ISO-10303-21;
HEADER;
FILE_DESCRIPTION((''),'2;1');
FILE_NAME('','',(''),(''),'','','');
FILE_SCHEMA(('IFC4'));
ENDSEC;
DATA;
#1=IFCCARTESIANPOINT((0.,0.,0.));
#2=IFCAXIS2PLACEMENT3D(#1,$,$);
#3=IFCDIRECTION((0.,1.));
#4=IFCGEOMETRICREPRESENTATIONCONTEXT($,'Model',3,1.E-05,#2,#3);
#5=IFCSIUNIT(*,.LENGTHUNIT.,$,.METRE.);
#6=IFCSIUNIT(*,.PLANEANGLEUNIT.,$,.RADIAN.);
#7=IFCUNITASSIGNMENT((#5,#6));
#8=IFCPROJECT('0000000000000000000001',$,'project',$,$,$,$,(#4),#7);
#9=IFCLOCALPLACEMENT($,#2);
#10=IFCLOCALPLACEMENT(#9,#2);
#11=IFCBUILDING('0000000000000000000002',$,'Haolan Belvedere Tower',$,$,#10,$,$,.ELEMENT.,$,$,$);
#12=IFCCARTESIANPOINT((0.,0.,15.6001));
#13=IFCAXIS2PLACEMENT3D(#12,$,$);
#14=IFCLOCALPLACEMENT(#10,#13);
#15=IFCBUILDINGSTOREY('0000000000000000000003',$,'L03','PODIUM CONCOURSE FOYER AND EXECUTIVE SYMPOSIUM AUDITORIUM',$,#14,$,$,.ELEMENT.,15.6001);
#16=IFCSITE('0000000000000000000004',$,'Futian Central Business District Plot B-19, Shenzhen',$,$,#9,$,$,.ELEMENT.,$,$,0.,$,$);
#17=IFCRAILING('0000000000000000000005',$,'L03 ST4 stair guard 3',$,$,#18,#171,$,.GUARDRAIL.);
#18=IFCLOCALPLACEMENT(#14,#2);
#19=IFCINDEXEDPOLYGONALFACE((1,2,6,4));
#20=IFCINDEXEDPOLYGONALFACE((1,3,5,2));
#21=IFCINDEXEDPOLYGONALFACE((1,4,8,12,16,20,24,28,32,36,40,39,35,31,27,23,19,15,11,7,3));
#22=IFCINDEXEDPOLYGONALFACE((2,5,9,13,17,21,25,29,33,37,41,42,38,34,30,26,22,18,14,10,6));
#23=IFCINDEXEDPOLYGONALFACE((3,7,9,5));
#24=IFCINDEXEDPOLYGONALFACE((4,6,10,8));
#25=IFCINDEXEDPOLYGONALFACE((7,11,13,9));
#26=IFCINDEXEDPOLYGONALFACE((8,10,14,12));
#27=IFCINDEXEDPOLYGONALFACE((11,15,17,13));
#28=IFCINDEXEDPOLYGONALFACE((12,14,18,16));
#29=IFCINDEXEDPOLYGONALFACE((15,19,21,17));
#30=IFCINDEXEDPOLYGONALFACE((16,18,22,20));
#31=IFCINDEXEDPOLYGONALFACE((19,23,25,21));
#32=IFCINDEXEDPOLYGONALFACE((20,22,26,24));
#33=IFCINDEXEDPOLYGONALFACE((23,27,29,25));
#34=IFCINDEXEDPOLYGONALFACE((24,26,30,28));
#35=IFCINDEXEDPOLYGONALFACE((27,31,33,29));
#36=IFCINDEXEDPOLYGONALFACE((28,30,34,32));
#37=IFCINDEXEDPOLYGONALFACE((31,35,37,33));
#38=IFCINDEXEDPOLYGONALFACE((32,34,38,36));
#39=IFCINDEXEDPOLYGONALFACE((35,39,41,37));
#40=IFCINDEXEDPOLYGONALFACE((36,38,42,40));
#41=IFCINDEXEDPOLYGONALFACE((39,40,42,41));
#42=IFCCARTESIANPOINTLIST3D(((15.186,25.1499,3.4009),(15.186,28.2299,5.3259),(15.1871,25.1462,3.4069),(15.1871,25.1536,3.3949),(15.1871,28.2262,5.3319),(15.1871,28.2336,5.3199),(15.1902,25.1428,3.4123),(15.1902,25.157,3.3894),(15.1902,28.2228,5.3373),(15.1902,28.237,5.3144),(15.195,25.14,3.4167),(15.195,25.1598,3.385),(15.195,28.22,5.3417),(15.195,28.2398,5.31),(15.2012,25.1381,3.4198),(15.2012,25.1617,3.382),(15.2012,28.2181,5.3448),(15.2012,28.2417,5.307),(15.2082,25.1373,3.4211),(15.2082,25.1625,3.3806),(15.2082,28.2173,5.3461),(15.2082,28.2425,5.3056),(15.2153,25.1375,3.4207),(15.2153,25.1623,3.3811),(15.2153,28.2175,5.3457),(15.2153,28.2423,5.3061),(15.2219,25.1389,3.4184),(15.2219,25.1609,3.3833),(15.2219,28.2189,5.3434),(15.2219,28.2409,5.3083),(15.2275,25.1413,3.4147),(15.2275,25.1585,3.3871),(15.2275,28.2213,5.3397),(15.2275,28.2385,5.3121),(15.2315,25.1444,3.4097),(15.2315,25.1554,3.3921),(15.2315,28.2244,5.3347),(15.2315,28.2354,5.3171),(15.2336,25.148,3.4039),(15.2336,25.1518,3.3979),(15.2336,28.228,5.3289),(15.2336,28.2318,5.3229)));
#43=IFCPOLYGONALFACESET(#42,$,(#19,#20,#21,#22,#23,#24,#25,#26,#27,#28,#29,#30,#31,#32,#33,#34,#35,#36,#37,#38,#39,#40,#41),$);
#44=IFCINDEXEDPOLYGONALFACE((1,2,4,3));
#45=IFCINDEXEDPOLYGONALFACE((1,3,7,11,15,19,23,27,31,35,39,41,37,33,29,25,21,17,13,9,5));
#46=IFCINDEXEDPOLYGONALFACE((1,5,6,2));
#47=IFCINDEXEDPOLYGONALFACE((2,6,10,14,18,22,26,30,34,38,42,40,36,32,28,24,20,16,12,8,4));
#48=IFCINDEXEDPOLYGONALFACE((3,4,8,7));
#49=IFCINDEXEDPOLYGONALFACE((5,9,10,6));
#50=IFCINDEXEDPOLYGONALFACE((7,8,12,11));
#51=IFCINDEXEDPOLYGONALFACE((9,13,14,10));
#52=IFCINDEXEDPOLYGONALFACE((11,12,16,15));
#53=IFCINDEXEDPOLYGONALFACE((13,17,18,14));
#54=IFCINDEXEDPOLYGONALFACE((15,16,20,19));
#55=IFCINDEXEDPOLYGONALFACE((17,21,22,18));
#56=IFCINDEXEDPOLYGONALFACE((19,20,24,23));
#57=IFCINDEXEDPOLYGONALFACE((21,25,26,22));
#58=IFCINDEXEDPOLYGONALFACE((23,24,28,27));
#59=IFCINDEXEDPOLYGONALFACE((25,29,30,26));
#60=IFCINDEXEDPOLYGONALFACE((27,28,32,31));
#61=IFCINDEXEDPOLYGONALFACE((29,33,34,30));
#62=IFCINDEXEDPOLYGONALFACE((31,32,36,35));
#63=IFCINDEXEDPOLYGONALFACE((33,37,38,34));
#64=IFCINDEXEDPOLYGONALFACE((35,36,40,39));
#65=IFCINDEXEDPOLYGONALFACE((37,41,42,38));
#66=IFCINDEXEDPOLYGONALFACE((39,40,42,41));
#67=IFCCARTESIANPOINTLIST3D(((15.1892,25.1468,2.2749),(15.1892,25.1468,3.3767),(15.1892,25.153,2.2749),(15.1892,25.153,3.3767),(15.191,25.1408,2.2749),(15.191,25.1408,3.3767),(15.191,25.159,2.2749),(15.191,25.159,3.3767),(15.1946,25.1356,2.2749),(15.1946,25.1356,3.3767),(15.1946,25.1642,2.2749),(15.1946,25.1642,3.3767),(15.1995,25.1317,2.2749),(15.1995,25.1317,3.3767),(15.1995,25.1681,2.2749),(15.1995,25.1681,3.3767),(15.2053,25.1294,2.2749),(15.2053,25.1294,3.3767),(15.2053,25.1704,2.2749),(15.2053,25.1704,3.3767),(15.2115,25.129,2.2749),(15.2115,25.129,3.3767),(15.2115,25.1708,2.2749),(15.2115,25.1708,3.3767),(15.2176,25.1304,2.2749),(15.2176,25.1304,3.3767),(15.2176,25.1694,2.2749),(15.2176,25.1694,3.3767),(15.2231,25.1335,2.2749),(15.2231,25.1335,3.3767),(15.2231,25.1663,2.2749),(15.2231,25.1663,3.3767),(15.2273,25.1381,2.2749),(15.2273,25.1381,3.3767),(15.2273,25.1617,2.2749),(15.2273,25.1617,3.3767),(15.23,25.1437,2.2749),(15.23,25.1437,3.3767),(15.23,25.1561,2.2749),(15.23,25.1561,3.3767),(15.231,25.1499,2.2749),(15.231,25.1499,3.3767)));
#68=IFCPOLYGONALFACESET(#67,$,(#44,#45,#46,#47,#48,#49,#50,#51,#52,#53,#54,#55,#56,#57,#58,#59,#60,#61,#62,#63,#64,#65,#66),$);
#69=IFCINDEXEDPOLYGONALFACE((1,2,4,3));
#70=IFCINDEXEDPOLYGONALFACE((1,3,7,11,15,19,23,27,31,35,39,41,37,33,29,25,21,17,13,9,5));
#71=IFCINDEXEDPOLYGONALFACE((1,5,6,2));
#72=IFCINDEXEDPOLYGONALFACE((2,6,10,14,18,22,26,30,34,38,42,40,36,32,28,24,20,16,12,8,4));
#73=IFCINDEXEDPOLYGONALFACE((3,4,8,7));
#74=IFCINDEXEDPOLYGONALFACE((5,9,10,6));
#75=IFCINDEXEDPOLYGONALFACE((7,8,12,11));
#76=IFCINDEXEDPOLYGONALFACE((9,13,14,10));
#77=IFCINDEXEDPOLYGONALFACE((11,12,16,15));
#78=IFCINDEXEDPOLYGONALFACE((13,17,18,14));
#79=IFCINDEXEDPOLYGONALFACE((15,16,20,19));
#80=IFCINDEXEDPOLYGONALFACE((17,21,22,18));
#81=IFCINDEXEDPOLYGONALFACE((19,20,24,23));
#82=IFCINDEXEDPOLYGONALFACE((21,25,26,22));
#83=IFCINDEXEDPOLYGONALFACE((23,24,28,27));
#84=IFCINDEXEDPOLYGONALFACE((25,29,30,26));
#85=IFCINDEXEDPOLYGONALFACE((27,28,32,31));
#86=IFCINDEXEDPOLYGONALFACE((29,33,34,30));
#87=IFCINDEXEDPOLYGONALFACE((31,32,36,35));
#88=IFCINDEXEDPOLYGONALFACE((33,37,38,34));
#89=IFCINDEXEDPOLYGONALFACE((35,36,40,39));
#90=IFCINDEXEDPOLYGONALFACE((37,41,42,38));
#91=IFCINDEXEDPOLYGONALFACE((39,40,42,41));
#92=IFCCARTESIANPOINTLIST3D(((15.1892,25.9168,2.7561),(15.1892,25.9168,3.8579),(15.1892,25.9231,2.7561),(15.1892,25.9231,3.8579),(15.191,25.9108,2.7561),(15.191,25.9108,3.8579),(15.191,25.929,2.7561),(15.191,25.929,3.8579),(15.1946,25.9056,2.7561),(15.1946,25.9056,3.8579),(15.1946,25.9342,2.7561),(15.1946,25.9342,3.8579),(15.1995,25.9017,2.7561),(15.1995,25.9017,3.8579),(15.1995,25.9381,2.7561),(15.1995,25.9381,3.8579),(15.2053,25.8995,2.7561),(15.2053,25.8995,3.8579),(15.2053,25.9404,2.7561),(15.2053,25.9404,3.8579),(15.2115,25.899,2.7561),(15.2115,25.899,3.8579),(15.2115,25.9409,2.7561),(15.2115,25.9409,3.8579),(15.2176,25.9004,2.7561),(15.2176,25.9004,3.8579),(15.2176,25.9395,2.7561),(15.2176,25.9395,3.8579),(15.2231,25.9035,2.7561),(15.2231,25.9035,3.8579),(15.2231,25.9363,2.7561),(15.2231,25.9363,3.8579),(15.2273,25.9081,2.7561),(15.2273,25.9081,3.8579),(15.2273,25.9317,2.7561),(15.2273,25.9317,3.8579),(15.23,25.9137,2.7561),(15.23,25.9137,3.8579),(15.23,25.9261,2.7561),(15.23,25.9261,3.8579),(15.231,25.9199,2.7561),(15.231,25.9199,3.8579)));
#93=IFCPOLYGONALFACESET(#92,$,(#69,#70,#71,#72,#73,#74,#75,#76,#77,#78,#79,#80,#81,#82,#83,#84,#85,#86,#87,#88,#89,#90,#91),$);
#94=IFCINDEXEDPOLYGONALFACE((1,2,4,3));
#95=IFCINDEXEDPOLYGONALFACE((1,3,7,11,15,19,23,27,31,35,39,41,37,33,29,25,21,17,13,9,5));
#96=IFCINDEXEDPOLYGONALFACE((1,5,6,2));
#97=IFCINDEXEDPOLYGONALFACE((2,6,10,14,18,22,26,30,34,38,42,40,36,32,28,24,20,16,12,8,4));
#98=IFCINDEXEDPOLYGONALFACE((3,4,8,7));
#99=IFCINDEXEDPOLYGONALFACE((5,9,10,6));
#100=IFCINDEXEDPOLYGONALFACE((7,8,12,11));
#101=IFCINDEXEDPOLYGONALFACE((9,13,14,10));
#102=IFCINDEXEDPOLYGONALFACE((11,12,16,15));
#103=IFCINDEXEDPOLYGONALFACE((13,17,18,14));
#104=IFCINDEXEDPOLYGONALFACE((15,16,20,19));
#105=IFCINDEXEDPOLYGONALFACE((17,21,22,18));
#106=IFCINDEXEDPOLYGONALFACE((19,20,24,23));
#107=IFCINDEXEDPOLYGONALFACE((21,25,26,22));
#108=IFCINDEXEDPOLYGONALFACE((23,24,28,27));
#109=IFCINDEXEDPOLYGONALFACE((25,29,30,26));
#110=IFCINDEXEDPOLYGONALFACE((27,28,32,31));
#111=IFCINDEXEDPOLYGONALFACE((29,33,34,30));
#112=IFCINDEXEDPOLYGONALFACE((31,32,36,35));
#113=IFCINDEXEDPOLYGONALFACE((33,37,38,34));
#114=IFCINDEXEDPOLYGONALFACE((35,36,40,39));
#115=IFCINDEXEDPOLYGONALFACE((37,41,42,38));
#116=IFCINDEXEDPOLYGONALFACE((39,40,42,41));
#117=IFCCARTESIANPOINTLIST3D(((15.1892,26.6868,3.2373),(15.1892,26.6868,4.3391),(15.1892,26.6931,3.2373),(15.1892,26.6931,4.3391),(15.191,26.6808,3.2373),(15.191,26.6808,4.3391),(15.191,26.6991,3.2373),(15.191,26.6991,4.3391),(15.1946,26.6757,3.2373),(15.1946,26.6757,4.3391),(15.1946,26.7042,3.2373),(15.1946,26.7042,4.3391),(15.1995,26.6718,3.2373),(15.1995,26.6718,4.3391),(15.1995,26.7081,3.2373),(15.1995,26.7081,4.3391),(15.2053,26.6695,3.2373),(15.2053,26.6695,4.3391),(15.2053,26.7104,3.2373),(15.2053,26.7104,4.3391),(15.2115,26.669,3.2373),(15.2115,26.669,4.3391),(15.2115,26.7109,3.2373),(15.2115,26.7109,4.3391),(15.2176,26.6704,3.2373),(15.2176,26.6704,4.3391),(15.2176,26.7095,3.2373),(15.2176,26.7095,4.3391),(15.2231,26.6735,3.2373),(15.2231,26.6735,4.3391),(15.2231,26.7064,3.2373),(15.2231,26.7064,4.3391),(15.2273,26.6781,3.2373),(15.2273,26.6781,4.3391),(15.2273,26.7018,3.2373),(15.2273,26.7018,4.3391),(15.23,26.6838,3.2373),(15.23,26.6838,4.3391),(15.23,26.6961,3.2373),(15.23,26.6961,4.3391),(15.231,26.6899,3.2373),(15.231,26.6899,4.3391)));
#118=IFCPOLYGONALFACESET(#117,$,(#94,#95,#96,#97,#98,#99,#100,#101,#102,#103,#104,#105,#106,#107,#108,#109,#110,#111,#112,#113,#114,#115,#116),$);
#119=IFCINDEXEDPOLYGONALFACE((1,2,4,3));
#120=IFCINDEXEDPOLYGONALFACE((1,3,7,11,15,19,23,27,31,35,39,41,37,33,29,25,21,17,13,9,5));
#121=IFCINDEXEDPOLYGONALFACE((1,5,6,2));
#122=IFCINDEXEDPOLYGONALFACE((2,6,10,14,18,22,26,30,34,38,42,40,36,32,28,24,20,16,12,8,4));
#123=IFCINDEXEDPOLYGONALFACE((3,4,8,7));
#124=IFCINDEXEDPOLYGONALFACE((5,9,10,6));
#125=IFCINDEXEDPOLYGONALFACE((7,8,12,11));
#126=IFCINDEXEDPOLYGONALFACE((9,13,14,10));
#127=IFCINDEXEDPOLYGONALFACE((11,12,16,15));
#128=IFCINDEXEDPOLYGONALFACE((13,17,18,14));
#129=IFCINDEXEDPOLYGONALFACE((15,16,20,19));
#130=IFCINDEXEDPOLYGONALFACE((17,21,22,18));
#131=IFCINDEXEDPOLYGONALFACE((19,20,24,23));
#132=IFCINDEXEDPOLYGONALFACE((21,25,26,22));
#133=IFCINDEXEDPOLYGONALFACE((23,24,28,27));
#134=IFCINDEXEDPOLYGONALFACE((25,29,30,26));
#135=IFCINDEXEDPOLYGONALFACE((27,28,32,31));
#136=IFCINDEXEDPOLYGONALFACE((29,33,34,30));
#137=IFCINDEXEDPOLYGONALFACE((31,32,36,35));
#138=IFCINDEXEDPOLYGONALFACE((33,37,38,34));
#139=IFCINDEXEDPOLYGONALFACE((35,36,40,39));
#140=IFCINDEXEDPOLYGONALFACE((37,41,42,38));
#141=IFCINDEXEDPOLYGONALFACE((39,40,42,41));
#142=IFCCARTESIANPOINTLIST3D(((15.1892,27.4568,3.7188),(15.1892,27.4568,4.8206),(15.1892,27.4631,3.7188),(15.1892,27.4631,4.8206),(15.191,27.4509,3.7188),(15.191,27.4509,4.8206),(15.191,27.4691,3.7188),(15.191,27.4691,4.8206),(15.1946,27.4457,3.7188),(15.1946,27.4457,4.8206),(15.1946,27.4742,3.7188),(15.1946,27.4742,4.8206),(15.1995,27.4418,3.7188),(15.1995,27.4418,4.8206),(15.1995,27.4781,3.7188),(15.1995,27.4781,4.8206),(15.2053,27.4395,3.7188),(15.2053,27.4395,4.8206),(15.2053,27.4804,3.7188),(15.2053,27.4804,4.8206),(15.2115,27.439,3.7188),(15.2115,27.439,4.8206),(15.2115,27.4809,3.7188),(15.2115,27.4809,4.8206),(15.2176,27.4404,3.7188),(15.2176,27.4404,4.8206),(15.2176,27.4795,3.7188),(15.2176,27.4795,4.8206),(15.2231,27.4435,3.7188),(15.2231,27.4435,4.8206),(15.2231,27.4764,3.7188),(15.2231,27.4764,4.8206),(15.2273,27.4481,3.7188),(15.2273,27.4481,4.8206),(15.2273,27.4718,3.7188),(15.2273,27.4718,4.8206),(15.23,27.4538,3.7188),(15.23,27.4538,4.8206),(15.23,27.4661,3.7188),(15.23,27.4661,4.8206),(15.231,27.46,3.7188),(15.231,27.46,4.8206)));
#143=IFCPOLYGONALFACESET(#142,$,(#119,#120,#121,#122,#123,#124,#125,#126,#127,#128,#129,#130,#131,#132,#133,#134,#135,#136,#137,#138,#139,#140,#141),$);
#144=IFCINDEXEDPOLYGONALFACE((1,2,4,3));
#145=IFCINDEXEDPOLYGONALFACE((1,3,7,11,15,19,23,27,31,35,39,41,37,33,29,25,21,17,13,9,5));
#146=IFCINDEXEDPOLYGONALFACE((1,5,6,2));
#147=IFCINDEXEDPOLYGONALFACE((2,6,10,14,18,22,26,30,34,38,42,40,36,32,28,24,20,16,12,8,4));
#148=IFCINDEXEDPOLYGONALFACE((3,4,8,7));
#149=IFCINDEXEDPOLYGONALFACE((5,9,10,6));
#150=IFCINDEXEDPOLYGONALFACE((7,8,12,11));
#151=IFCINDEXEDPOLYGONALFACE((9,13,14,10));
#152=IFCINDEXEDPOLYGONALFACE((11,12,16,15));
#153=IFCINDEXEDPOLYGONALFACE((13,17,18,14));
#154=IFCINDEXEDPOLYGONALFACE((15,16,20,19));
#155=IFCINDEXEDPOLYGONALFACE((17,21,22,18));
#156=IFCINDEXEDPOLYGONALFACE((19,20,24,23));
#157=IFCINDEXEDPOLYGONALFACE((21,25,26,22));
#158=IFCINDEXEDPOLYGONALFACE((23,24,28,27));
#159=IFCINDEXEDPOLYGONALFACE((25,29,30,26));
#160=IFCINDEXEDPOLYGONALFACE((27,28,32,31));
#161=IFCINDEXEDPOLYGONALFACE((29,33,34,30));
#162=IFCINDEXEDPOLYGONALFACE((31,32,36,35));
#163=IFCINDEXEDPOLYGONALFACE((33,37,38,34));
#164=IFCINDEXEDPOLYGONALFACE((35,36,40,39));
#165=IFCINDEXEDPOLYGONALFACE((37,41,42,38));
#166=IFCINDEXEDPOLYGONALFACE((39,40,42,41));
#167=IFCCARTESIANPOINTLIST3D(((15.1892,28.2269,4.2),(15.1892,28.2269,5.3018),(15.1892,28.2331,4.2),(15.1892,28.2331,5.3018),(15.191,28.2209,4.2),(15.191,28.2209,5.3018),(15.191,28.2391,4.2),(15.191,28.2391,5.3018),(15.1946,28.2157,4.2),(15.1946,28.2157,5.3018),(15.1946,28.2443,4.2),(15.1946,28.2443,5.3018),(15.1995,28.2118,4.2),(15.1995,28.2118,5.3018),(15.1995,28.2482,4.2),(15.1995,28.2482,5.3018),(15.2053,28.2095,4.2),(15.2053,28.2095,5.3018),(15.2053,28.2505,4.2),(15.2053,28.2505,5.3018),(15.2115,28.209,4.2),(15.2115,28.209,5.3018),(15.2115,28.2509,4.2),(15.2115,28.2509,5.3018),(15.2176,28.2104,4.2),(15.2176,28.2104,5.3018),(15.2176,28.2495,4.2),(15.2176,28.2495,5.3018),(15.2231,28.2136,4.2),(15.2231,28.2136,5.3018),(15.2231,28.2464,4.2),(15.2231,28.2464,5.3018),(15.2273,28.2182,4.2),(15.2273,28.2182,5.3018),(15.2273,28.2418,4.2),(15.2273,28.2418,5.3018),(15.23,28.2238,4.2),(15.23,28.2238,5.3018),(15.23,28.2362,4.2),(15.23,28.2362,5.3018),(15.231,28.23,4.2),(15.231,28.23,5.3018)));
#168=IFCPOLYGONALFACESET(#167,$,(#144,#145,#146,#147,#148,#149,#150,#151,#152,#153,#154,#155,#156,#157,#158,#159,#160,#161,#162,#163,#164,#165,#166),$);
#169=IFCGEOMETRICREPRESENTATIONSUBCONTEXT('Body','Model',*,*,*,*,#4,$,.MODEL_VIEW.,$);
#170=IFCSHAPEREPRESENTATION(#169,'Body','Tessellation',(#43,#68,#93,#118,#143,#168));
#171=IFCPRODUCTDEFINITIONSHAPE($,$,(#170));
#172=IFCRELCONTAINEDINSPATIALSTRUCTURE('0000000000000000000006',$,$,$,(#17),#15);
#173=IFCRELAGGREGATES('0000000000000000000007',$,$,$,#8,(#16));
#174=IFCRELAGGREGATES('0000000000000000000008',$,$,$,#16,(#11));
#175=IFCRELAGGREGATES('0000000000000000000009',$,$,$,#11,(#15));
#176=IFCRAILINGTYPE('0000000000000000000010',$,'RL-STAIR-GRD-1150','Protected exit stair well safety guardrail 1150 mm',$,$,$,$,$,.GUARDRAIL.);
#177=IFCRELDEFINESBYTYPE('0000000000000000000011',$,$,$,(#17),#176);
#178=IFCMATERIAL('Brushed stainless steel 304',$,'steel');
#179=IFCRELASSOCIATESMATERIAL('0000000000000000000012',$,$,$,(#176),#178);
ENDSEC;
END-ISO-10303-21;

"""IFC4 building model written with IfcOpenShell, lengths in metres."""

from ifc_helpers import new_model, si_unit, direction, frame, origin, origin_2d, place, context, subcontext, project, spatial, circle, extrude, material, type_object, element, save


model = new_model("IFC4")

# Units and contexts
model_context = context("Model", 3, precision=1e-05, world=origin(), true_north=direction((0.0, 1.0)))
body_context = subcontext(model_context, "Body", "Model", "MODEL_VIEW")
ifc_project = project(units=[si_unit("LENGTHUNIT", "METRE"), si_unit("PLANEANGLEUNIT", "RADIAN")], contexts=[model_context])

# Site, building, storey
site_placement = place(None, origin())
site = spatial("IfcSite", under=ifc_project, at=site_placement, Name="Futian Central Business District Plot B-19, Shenzhen", CompositionType="ELEMENT", RefElevation=0.0)
building_placement = place(site_placement, origin())
building = spatial("IfcBuilding", under=site, at=building_placement, Name="Haolan Belvedere Tower", CompositionType="ELEMENT")
storey_placement = place(building_placement, frame((0.0, 0.0, 15.6001)))
storey = spatial("IfcBuildingStorey", under=building, at=storey_placement, Name="L03", Description="PODIUM CONCOURSE FOYER AND EXECUTIVE SYMPOSIUM AUDITORIUM", CompositionType="ELEMENT", Elevation=15.6001)

# Railing
ifc_material_1 = material(Name="Brushed stainless steel 304", Category="steel")
railing_type_1 = type_object("IfcRailingType", Name="RL-STAIR-GRD-1150", Description="Protected exit stair well safety guardrail 1150 mm", PredefinedType="GUARDRAIL", material=ifc_material_1)
railing_1_placement = place(storey_placement, frame((15.21, 25.1499, 2.2749)))
element("IfcRailing", 1, at=railing_1_placement, inside=storey, type_object=railing_type_1, Name="L03 ST4 stair guard 3", PredefinedType="GUARDRAIL", context=body_context, shape_type="SweptSolid", body=[
    extrude(circle(Radius=0.0239, at=origin_2d()), frame((0.0, 0.0, 1.126), z_axis=(0.0, 0.847998, 0.529999), x_axis=(-1.0, 0.0, 0.0)), (0.0, 0.0, 1.0), 3.6321),
    extrude(circle(Radius=0.021, at=origin_2d()), origin(), (0.0, 0.0, 1.0), 1.1018),
    extrude(circle(Radius=0.021, at=origin_2d()), frame((0.0, 0.77, 0.4812)), (0.0, 0.0, 1.0), 1.1018),
    extrude(circle(Radius=0.021, at=origin_2d()), frame((0.0, 1.54, 0.9624)), (0.0, 0.0, 1.0), 1.1018),
    extrude(circle(Radius=0.021, at=origin_2d()), frame((0.0, 2.3101, 1.4438)), (0.0, 0.0, 1.0), 1.1018),
    extrude(circle(Radius=0.021, at=origin_2d()), frame((0.0, 3.0801, 1.925)), (0.0, 0.0, 1.0), 1.1018),
])

save(model, "model.ifc")
